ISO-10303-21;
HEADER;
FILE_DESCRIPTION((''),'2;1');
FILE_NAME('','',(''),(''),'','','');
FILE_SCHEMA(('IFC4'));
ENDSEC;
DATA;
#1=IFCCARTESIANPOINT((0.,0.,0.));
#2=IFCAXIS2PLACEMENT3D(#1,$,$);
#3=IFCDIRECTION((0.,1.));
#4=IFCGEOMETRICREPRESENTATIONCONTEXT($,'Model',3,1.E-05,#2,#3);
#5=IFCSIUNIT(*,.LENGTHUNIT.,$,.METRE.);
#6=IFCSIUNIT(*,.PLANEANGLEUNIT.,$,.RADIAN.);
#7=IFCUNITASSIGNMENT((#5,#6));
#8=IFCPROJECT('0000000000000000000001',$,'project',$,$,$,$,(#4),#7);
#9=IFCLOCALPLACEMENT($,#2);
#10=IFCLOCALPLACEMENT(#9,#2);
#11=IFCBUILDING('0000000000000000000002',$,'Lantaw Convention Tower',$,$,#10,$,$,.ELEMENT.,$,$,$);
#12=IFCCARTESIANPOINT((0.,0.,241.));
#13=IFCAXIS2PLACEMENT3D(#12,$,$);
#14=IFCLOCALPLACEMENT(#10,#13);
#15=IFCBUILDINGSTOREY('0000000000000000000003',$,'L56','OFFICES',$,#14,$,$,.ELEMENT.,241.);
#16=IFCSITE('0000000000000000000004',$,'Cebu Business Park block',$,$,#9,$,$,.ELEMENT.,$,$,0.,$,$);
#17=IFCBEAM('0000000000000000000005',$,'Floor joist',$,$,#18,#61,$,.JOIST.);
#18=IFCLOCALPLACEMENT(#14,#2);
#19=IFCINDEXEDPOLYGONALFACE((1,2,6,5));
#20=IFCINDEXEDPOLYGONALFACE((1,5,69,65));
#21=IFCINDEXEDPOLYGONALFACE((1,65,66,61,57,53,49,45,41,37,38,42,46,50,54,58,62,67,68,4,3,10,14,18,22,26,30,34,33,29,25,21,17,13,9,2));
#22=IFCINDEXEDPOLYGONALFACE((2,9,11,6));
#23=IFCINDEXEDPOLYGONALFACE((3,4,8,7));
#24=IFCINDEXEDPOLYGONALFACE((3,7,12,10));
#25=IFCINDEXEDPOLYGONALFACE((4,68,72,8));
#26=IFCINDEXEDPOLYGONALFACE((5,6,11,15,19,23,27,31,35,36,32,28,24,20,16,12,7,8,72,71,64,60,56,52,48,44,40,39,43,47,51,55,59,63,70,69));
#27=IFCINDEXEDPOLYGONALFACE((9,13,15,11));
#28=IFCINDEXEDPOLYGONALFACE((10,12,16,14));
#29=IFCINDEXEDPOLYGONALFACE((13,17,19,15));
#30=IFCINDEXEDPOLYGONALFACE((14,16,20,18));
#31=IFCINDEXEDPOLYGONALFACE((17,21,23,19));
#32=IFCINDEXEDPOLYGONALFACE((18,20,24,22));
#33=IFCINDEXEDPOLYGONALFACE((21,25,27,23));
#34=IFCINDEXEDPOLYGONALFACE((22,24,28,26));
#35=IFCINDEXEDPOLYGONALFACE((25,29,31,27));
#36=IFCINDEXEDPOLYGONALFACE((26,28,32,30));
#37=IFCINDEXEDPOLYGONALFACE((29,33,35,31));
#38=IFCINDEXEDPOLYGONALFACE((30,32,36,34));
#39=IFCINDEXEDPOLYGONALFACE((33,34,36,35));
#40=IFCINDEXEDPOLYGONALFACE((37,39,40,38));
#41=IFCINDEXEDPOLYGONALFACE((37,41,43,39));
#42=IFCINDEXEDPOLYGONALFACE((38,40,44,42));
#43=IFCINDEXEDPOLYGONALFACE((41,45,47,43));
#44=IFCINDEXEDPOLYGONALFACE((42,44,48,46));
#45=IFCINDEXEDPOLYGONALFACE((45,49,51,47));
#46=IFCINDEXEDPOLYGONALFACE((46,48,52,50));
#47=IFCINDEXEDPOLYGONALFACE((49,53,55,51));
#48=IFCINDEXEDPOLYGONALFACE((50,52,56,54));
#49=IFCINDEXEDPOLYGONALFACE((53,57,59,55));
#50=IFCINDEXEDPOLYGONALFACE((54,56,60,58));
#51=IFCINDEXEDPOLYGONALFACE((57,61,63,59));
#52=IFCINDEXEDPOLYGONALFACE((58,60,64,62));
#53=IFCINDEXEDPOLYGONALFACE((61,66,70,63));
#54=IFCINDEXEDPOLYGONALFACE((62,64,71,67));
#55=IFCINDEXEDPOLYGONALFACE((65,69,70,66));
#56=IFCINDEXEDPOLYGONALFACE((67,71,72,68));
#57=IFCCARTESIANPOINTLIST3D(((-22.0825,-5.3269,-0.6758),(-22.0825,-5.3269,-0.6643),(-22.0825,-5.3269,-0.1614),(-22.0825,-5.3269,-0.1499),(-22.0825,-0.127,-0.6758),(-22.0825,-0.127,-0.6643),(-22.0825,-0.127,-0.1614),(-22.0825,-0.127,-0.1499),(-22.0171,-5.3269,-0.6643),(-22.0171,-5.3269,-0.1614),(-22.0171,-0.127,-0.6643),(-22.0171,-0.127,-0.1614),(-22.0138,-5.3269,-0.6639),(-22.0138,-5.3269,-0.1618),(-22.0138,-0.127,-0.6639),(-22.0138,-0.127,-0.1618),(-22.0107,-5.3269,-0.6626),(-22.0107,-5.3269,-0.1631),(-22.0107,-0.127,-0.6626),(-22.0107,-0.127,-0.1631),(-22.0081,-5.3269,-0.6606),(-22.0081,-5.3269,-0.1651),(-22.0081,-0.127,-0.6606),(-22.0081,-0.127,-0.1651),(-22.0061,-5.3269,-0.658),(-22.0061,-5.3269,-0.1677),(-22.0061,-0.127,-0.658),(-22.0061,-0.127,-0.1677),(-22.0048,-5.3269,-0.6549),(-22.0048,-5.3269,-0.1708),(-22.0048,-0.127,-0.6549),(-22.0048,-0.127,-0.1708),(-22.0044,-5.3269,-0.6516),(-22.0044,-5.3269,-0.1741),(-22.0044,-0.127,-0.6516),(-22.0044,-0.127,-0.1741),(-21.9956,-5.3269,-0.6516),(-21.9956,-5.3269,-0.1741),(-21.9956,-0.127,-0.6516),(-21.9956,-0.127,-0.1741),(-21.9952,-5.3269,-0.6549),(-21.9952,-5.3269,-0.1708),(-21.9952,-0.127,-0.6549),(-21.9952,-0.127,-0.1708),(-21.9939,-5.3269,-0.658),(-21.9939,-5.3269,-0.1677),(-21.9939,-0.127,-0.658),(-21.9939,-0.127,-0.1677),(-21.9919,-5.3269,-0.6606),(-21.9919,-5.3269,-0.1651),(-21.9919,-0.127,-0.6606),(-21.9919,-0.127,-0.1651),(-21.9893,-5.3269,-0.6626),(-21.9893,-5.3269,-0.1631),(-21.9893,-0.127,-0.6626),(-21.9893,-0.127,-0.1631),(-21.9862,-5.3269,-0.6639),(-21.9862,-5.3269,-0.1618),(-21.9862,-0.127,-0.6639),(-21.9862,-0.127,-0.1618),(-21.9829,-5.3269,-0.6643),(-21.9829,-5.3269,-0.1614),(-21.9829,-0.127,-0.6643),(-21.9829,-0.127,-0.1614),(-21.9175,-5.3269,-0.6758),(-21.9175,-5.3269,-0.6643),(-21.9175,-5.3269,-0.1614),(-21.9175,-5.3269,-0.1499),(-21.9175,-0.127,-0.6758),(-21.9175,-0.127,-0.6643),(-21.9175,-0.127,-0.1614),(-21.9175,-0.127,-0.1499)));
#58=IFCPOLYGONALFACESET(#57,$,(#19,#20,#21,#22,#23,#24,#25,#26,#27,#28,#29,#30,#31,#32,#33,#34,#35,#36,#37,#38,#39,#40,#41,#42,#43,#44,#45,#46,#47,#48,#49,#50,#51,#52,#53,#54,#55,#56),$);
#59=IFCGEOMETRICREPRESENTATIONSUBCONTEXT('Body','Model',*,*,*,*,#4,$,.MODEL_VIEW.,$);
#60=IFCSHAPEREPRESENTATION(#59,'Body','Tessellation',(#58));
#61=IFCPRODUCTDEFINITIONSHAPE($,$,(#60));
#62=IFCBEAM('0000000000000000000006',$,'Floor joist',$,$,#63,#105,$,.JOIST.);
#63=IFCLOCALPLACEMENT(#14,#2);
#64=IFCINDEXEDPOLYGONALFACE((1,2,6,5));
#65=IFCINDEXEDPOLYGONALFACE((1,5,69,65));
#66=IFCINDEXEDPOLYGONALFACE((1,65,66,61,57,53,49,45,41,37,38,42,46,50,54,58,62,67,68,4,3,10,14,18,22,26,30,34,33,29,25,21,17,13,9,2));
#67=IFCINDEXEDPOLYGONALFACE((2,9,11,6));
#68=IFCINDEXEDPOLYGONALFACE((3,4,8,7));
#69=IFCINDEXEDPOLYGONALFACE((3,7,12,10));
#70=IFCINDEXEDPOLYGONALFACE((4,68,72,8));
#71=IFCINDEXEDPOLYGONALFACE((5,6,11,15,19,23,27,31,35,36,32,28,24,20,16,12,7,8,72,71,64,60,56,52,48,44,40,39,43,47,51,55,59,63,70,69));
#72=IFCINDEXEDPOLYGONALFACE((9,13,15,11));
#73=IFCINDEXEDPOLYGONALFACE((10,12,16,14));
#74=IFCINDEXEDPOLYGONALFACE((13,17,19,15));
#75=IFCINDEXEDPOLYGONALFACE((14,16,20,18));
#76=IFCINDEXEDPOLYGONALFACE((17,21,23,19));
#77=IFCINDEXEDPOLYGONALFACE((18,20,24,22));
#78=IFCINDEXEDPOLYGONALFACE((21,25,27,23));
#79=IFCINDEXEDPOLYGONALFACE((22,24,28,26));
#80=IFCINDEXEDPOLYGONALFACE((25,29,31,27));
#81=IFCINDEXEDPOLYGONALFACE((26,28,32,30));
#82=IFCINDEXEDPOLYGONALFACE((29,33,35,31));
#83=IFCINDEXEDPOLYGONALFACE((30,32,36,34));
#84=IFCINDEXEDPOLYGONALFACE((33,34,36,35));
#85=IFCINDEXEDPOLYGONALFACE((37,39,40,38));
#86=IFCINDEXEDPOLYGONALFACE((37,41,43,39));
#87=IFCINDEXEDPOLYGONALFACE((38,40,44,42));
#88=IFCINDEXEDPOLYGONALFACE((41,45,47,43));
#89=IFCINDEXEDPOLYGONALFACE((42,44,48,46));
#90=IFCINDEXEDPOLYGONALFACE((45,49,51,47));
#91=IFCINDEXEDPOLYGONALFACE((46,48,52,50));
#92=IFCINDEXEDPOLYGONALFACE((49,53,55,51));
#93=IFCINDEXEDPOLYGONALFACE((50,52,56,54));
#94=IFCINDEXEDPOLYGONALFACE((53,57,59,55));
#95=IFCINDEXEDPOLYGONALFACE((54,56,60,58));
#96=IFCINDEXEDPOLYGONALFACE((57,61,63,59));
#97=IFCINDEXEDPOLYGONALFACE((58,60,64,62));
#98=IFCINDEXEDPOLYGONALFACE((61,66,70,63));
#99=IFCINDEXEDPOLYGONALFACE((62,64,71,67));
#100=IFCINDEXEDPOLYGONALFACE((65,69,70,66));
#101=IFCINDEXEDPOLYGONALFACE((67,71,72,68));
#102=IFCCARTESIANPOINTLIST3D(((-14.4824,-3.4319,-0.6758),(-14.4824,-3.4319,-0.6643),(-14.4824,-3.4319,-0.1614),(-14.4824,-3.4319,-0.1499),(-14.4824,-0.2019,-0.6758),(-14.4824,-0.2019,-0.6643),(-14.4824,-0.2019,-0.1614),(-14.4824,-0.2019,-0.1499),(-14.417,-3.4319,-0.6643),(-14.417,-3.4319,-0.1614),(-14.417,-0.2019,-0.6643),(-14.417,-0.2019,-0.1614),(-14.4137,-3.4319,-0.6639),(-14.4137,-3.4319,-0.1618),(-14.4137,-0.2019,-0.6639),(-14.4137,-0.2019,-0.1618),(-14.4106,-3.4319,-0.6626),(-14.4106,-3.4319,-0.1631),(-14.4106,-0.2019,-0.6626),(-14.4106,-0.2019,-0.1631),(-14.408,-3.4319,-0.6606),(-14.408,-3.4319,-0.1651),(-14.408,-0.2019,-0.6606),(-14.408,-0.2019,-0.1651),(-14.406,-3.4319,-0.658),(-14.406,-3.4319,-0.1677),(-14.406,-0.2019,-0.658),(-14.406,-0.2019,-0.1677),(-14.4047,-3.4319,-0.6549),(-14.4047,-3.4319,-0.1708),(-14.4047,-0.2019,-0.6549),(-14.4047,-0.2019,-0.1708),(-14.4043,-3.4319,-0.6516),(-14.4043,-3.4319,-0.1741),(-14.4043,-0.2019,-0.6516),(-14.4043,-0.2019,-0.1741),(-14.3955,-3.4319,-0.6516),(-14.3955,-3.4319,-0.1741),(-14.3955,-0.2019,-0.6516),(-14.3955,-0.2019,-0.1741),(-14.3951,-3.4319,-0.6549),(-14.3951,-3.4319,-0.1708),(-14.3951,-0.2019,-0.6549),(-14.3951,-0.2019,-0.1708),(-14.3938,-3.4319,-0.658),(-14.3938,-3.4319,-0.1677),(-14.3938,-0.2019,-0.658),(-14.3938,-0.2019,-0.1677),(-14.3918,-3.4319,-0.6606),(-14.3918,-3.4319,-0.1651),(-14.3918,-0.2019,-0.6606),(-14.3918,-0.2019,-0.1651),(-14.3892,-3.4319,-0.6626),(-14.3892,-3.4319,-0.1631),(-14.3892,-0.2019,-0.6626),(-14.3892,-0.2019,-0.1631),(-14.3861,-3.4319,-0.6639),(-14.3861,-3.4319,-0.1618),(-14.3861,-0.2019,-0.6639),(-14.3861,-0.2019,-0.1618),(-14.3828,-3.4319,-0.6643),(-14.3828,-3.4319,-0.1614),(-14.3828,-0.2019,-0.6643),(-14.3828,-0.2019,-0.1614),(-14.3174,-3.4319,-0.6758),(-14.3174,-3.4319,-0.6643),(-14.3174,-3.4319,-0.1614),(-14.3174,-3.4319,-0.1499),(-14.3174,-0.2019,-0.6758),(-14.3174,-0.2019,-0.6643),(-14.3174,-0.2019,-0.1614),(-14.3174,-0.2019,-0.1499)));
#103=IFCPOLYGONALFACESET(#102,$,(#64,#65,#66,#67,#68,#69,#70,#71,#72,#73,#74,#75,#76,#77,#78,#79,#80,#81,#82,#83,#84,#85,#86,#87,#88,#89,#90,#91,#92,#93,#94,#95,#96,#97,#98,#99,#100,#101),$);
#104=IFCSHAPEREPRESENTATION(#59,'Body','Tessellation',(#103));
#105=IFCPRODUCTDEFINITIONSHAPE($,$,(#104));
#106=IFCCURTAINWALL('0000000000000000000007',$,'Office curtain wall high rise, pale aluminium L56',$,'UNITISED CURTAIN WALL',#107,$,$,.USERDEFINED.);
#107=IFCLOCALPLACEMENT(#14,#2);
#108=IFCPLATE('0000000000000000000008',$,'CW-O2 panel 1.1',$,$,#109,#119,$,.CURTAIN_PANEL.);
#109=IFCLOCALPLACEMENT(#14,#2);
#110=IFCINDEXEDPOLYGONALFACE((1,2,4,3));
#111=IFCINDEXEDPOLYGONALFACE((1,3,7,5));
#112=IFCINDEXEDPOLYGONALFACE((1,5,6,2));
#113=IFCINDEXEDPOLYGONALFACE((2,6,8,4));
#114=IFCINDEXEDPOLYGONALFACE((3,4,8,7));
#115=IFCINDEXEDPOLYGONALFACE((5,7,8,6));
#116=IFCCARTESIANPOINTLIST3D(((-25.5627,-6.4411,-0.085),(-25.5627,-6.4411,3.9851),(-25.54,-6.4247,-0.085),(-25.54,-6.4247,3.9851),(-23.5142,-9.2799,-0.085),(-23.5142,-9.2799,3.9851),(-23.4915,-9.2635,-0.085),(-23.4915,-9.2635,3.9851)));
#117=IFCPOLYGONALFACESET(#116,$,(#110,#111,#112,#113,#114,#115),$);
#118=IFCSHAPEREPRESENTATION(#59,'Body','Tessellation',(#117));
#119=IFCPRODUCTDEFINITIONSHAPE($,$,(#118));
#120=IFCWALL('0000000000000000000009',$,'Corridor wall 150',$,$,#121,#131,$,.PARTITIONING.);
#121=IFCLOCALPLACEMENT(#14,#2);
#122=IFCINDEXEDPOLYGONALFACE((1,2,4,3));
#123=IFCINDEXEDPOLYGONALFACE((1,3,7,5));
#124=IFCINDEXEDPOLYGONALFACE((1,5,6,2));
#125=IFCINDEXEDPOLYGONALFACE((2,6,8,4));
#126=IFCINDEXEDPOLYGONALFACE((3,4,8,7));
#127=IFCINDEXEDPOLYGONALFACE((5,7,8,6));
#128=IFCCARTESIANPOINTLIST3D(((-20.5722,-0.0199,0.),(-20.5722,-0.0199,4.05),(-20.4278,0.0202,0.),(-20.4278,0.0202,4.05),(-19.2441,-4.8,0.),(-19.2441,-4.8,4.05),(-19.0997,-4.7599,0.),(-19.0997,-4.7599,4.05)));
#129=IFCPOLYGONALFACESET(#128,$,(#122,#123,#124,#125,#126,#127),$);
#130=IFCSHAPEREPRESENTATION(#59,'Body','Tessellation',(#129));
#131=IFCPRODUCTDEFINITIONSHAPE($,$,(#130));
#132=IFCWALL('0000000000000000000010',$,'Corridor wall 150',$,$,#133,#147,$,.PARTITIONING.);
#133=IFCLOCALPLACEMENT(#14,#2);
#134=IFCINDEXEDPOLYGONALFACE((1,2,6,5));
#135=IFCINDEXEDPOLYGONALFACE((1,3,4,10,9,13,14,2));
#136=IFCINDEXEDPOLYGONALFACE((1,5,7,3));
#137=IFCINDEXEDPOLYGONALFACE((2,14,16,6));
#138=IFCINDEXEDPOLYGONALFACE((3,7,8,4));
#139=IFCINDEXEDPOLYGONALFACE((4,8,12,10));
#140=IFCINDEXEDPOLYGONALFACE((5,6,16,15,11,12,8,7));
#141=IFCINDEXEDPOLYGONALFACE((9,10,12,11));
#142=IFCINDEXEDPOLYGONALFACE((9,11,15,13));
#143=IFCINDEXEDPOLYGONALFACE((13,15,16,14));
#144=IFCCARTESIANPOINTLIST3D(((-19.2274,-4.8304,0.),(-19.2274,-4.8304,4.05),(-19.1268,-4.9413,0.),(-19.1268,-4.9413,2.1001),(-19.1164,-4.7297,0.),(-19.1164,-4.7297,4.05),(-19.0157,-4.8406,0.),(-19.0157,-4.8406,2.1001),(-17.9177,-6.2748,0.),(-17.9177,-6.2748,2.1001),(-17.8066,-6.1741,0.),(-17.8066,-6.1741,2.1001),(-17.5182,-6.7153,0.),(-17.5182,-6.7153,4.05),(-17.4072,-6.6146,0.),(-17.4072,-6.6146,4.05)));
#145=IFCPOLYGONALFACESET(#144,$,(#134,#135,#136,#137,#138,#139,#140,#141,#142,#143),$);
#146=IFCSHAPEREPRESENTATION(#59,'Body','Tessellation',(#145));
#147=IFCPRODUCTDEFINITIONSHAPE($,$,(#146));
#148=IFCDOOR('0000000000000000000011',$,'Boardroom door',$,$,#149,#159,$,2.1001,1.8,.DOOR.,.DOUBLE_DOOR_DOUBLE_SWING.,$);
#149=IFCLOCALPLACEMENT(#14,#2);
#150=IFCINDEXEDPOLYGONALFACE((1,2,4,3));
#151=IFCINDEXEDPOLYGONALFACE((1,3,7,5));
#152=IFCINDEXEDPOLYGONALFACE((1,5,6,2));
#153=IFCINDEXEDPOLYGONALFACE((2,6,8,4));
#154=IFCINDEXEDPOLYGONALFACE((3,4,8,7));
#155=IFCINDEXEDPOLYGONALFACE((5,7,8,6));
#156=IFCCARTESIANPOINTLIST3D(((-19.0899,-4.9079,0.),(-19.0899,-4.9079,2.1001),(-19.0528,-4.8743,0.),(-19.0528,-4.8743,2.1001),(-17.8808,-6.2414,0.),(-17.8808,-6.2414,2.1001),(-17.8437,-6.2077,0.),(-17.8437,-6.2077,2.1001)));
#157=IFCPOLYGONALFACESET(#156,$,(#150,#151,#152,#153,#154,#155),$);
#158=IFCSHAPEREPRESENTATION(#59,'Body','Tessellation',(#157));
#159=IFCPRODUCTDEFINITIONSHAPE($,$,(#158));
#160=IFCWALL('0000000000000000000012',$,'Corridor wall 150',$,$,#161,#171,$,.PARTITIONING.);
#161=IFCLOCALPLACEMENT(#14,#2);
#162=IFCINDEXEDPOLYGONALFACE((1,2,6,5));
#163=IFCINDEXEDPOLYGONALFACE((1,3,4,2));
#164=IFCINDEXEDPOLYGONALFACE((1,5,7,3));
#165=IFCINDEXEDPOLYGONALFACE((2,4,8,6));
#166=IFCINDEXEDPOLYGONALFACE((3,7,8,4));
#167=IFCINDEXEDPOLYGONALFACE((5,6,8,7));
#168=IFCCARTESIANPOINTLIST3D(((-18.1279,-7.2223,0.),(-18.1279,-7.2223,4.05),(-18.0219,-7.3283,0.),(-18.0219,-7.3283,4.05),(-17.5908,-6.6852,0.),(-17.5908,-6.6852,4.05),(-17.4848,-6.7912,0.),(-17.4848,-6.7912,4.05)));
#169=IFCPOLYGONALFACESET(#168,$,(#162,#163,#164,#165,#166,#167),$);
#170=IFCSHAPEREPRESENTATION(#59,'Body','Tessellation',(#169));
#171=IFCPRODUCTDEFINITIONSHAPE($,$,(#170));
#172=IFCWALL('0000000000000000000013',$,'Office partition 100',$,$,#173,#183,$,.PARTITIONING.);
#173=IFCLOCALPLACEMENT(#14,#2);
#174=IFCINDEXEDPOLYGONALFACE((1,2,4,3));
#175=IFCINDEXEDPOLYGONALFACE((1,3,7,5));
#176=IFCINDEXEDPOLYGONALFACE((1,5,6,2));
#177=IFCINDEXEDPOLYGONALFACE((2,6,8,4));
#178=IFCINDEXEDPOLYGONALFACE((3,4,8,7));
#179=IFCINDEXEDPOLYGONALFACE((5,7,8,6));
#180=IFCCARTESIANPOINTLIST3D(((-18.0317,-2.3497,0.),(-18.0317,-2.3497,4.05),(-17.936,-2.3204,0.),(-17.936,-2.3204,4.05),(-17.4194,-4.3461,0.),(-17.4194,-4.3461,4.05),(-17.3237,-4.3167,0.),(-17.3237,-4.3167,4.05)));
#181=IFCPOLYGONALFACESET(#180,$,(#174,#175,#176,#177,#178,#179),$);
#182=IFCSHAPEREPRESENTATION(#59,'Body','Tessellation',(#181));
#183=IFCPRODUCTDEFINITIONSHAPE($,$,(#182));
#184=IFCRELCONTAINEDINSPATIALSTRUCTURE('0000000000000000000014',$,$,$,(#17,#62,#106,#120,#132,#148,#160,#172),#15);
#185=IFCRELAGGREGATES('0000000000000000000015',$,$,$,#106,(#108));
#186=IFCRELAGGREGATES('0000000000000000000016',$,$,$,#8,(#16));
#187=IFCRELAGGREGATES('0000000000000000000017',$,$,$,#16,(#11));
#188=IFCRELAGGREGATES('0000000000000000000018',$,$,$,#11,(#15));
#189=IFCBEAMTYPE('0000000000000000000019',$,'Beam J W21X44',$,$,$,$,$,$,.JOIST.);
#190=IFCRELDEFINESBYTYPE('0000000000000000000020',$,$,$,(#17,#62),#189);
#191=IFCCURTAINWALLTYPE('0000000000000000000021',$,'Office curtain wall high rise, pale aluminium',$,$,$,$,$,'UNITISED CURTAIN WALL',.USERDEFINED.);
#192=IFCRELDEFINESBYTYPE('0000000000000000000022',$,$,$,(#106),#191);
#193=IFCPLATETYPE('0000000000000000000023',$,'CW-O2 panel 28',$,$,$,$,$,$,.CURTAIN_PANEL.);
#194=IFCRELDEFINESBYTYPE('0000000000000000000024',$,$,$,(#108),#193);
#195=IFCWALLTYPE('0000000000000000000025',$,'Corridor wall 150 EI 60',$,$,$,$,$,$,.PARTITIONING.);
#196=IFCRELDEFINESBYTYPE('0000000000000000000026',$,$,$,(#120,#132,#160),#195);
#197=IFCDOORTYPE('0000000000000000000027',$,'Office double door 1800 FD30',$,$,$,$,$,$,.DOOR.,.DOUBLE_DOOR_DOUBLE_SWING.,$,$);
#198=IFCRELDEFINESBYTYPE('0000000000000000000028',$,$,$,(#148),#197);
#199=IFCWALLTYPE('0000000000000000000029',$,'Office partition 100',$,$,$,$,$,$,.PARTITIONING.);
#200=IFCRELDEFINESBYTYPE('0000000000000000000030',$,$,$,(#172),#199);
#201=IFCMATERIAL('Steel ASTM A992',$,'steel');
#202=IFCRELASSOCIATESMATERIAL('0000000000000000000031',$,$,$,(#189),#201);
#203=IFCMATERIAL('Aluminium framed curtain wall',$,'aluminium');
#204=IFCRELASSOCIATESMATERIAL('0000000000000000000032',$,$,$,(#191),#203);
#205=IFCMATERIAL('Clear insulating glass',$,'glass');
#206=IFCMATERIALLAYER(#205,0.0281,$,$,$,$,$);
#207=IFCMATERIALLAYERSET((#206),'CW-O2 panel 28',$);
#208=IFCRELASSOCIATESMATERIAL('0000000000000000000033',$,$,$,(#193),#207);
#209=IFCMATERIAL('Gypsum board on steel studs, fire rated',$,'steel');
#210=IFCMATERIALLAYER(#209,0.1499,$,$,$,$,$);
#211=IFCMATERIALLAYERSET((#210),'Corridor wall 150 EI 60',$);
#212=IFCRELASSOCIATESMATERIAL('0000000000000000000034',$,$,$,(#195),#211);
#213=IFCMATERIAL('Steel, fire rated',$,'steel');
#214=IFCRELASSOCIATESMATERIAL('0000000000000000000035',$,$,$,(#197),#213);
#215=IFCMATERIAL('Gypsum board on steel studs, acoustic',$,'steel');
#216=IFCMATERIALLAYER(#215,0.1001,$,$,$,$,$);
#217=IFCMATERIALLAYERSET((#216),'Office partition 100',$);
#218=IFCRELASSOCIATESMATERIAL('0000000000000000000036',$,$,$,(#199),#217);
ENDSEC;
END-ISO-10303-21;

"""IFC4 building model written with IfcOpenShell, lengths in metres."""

from ifc_helpers import new_model, si_unit, direction, frame, frame_2d, origin, origin_2d, place, context, subcontext, project, spatial, rectangle, i_section, extrude, material, layer, layer_set, material_profile, profile_set, type_object, element, fill, aggregate, save


model = new_model("IFC4")

# Units and contexts
model_context = context("Model", 3, precision=1e-05, world=origin(), true_north=direction((0.0, 1.0)))
body_context = subcontext(model_context, "Body", "Model", "MODEL_VIEW")
ifc_project = project(units=[si_unit("LENGTHUNIT", "METRE"), si_unit("PLANEANGLEUNIT", "RADIAN")], contexts=[model_context])

# Site, building, storey
site_placement = place(None, origin())
site = spatial("IfcSite", under=ifc_project, at=site_placement, Name="Cebu Business Park block", CompositionType="ELEMENT", RefElevation=0.0)
building_placement = place(site_placement, origin())
building = spatial("IfcBuilding", under=site, at=building_placement, Name="Lantaw Convention Tower", CompositionType="ELEMENT")
storey_placement = place(building_placement, frame((0.0, 0.0, 241.0)))
storey = spatial("IfcBuildingStorey", under=building, at=storey_placement, Name="L56", Description="OFFICES", CompositionType="ELEMENT", Elevation=241.0)

# Beams
ifc_material_1 = material(Name="Steel ASTM A992", Category="steel")
ifc_material_profile_1 = material_profile(ifc_material_1, i_section(OverallWidth=0.165, OverallDepth=0.5259, WebThickness=0.0088, FlangeThickness=0.0115, FilletRadius=0.0127, at=origin_2d()), Name="W21X44")
ifc_profile_set_1 = profile_set([ifc_material_profile_1], Name="Steel ASTM A992")
beam_type_1 = type_object("IfcBeamType", Name="Beam J W21X44", PredefinedType="JOIST", material=ifc_profile_set_1)
beam_1_placement = place(storey_placement, frame((-22.0, -5.3269, -0.4128), z_axis=(0.0, 1.0, 0.0), x_axis=(-1.0, 0.0, 0.0)))
element("IfcBeam", 1, at=beam_1_placement, inside=storey, type_object=beam_type_1, Name="Floor joist", PredefinedType="JOIST", context=body_context, shape_type="SweptSolid", body=[
    extrude(i_section(OverallWidth=0.165, OverallDepth=0.5259, WebThickness=0.0088, FlangeThickness=0.0115, FilletRadius=0.0127, at=origin_2d()), origin(), (0.0, 0.0, 1.0), 5.2),
])
beam_2_placement = place(storey_placement, frame((-14.3999, -3.4319, -0.4128), z_axis=(0.0, 1.0, 0.0), x_axis=(-1.0, 0.0, 0.0)))
element("IfcBeam", 2, at=beam_2_placement, inside=storey, type_object=beam_type_1, Name="Floor joist", PredefinedType="JOIST", context=body_context, shape_type="SweptSolid", body=[
    extrude(i_section(OverallWidth=0.165, OverallDepth=0.5259, WebThickness=0.0088, FlangeThickness=0.0115, FilletRadius=0.0127, at=origin_2d()), origin(), (0.0, 0.0, 1.0), 3.23),
])

# Curtain wall, plate
ifc_material_2 = material(Name="Aluminium framed curtain wall", Category="aluminium")
curtain_wall_type = type_object("IfcCurtainWallType", Name="Office curtain wall high rise, pale aluminium", ElementType="UNITISED CURTAIN WALL", PredefinedType="USERDEFINED", material=ifc_material_2)
curtain_wall_placement = place(storey_placement, origin())
curtain_wall = element("IfcCurtainWall", 3, at=curtain_wall_placement, inside=storey, type_object=curtain_wall_type, Name="Office curtain wall high rise, pale aluminium L56", ObjectType="UNITISED CURTAIN WALL", PredefinedType="USERDEFINED")
ifc_material_3 = material(Name="Clear insulating glass", Category="glass")
ifc_layer_1 = layer(ifc_material_3, 0.0281)
ifc_layer_set_1 = layer_set([ifc_layer_1], Name="CW-O2 panel 28")
plate_type = type_object("IfcPlateType", Name="CW-O2 panel 28", PredefinedType="CURTAIN_PANEL", material=ifc_layer_set_1)
plate_placement = place(storey_placement, frame((-24.5271, -7.8523, -0.085), z_axis=(0.0, 0.0, 1.0), x_axis=(0.585158, -0.81092, 0.0)))
plate = element("IfcPlate", 4, at=plate_placement, type_object=plate_type, Name="CW-O2 panel 1.1", PredefinedType="CURTAIN_PANEL", context=body_context, shape_type="SweptSolid", body=[
    extrude(rectangle(XDim=3.5007, YDim=0.0281, at=origin_2d()), origin(), (0.0, 0.0, 1.0), 4.0701),
])
aggregate(curtain_wall, [plate])

# Wall
ifc_material_4 = material(Name="Gypsum board on steel studs, fire rated", Category="steel")
ifc_layer_2 = layer(ifc_material_4, 0.1499)
ifc_layer_set_2 = layer_set([ifc_layer_2], Name="Corridor wall 150 EI 60")
wall_type_1 = type_object("IfcWallType", Name="Corridor wall 150 EI 60", PredefinedType="PARTITIONING", material=ifc_layer_set_2)
wall_1_placement = place(storey_placement, frame((-20.5, 0.0, 0.0), z_axis=(0.0, 0.0, 1.0), x_axis=(0.267707, -0.9635, 0.0)))
element("IfcWall", 5, at=wall_1_placement, inside=storey, type_object=wall_type_1, Name="Corridor wall 150", PredefinedType="PARTITIONING", context=body_context, shape_type="SweptSolid", body=[
    extrude(rectangle(XDim=4.9612, YDim=0.1499, at=frame_2d((2.4805, 0.0))), origin(), (0.0, 0.0, 1.0), 4.05),
])

# Wall, opening, door
wall_2_placement = place(storey_placement, frame((-19.1719, -4.78, 0.0), z_axis=(0.0, 0.0, 1.0), x_axis=(0.671722, -0.740803, 0.0)))
wall_2 = element("IfcWall", 6, at=wall_2_placement, inside=storey, type_object=wall_type_1, Name="Corridor wall 150", PredefinedType="PARTITIONING", context=body_context, shape_type="SweptSolid", body=[
    extrude(rectangle(XDim=2.5444, YDim=0.1499, at=frame_2d((1.2722, 0.0))), origin(), (0.0, 0.0, 1.0), 4.05),
])
opening_1_placement = place(wall_2_placement, frame((0.1499, 0.0, 0.0)))
opening_1 = element("IfcOpeningElement", 7, at=opening_1_placement, cuts=wall_2, PredefinedType="OPENING", context=body_context, shape_type="SweptSolid", body=[
    extrude(rectangle(XDim=1.8, YDim=2.1001, at=frame_2d((0.8999, 1.05))), frame((0.0, 0.085, 0.0), z_axis=(0.0, -1.0, 0.0), x_axis=(1.0, 0.0, 0.0)), (0.0, 0.0, 1.0), 0.1699),
])
ifc_material_5 = material(Name="Steel, fire rated", Category="steel")
door_type_1 = type_object("IfcDoorType", Name="Office double door 1800 FD30", OperationType="DOUBLE_DOOR_DOUBLE_SWING", PredefinedType="DOOR", material=ifc_material_5)
door_1_placement = place(opening_1_placement, origin())
door_1 = element("IfcDoor", 8, at=door_1_placement, inside=storey, type_object=door_type_1, Name="Boardroom door", OperationType="DOUBLE_DOOR_DOUBLE_SWING", OverallHeight=2.1001, OverallWidth=1.8, PredefinedType="DOOR", context=body_context, shape_type="SweptSolid", body=[
    extrude(rectangle(XDim=1.8, YDim=2.1001, at=frame_2d((0.8999, 1.05))), frame((0.0, 0.0249, 0.0), z_axis=(0.0, -1.0, 0.0), x_axis=(1.0, 0.0, 0.0)), (0.0, 0.0, 1.0), 0.05),
])
fill(opening_1, door_1)

# Walls
wall_3_placement = place(storey_placement, frame((-18.075, -7.2754, 0.0), z_axis=(0.0, 0.0, 1.0), x_axis=(0.707107, 0.707107, 0.0)))
element("IfcWall", 9, at=wall_3_placement, inside=storey, type_object=wall_type_1, Name="Corridor wall 150", PredefinedType="PARTITIONING", context=body_context, shape_type="SweptSolid", body=[
    extrude(rectangle(XDim=0.7595, YDim=0.1499, at=frame_2d((0.3799, 0.0))), origin(), (0.0, 0.0, 1.0), 4.05),
])
ifc_material_6 = material(Name="Gypsum board on steel studs, acoustic", Category="steel")
ifc_layer_3 = layer(ifc_material_6, 0.1001)
ifc_layer_set_3 = layer_set([ifc_layer_3], Name="Office partition 100")
wall_type_2 = type_object("IfcWallType", Name="Office partition 100", PredefinedType="PARTITIONING", material=ifc_layer_set_3)
wall_4_placement = place(storey_placement, frame((-17.3716, -4.3313, 0.0), z_axis=(0.0, 0.0, 1.0), x_axis=(-0.293231, 0.956042, 0.0)))
element("IfcWall", 10, at=wall_4_placement, inside=storey, type_object=wall_type_2, Name="Office partition 100", PredefinedType="PARTITIONING", context=body_context, shape_type="SweptSolid", body=[
    extrude(rectangle(XDim=2.0881, YDim=0.1001, at=frame_2d((1.0439, 0.0))), origin(), (0.0, 0.0, 1.0), 4.05),
])

save(model, "model.ifc")
